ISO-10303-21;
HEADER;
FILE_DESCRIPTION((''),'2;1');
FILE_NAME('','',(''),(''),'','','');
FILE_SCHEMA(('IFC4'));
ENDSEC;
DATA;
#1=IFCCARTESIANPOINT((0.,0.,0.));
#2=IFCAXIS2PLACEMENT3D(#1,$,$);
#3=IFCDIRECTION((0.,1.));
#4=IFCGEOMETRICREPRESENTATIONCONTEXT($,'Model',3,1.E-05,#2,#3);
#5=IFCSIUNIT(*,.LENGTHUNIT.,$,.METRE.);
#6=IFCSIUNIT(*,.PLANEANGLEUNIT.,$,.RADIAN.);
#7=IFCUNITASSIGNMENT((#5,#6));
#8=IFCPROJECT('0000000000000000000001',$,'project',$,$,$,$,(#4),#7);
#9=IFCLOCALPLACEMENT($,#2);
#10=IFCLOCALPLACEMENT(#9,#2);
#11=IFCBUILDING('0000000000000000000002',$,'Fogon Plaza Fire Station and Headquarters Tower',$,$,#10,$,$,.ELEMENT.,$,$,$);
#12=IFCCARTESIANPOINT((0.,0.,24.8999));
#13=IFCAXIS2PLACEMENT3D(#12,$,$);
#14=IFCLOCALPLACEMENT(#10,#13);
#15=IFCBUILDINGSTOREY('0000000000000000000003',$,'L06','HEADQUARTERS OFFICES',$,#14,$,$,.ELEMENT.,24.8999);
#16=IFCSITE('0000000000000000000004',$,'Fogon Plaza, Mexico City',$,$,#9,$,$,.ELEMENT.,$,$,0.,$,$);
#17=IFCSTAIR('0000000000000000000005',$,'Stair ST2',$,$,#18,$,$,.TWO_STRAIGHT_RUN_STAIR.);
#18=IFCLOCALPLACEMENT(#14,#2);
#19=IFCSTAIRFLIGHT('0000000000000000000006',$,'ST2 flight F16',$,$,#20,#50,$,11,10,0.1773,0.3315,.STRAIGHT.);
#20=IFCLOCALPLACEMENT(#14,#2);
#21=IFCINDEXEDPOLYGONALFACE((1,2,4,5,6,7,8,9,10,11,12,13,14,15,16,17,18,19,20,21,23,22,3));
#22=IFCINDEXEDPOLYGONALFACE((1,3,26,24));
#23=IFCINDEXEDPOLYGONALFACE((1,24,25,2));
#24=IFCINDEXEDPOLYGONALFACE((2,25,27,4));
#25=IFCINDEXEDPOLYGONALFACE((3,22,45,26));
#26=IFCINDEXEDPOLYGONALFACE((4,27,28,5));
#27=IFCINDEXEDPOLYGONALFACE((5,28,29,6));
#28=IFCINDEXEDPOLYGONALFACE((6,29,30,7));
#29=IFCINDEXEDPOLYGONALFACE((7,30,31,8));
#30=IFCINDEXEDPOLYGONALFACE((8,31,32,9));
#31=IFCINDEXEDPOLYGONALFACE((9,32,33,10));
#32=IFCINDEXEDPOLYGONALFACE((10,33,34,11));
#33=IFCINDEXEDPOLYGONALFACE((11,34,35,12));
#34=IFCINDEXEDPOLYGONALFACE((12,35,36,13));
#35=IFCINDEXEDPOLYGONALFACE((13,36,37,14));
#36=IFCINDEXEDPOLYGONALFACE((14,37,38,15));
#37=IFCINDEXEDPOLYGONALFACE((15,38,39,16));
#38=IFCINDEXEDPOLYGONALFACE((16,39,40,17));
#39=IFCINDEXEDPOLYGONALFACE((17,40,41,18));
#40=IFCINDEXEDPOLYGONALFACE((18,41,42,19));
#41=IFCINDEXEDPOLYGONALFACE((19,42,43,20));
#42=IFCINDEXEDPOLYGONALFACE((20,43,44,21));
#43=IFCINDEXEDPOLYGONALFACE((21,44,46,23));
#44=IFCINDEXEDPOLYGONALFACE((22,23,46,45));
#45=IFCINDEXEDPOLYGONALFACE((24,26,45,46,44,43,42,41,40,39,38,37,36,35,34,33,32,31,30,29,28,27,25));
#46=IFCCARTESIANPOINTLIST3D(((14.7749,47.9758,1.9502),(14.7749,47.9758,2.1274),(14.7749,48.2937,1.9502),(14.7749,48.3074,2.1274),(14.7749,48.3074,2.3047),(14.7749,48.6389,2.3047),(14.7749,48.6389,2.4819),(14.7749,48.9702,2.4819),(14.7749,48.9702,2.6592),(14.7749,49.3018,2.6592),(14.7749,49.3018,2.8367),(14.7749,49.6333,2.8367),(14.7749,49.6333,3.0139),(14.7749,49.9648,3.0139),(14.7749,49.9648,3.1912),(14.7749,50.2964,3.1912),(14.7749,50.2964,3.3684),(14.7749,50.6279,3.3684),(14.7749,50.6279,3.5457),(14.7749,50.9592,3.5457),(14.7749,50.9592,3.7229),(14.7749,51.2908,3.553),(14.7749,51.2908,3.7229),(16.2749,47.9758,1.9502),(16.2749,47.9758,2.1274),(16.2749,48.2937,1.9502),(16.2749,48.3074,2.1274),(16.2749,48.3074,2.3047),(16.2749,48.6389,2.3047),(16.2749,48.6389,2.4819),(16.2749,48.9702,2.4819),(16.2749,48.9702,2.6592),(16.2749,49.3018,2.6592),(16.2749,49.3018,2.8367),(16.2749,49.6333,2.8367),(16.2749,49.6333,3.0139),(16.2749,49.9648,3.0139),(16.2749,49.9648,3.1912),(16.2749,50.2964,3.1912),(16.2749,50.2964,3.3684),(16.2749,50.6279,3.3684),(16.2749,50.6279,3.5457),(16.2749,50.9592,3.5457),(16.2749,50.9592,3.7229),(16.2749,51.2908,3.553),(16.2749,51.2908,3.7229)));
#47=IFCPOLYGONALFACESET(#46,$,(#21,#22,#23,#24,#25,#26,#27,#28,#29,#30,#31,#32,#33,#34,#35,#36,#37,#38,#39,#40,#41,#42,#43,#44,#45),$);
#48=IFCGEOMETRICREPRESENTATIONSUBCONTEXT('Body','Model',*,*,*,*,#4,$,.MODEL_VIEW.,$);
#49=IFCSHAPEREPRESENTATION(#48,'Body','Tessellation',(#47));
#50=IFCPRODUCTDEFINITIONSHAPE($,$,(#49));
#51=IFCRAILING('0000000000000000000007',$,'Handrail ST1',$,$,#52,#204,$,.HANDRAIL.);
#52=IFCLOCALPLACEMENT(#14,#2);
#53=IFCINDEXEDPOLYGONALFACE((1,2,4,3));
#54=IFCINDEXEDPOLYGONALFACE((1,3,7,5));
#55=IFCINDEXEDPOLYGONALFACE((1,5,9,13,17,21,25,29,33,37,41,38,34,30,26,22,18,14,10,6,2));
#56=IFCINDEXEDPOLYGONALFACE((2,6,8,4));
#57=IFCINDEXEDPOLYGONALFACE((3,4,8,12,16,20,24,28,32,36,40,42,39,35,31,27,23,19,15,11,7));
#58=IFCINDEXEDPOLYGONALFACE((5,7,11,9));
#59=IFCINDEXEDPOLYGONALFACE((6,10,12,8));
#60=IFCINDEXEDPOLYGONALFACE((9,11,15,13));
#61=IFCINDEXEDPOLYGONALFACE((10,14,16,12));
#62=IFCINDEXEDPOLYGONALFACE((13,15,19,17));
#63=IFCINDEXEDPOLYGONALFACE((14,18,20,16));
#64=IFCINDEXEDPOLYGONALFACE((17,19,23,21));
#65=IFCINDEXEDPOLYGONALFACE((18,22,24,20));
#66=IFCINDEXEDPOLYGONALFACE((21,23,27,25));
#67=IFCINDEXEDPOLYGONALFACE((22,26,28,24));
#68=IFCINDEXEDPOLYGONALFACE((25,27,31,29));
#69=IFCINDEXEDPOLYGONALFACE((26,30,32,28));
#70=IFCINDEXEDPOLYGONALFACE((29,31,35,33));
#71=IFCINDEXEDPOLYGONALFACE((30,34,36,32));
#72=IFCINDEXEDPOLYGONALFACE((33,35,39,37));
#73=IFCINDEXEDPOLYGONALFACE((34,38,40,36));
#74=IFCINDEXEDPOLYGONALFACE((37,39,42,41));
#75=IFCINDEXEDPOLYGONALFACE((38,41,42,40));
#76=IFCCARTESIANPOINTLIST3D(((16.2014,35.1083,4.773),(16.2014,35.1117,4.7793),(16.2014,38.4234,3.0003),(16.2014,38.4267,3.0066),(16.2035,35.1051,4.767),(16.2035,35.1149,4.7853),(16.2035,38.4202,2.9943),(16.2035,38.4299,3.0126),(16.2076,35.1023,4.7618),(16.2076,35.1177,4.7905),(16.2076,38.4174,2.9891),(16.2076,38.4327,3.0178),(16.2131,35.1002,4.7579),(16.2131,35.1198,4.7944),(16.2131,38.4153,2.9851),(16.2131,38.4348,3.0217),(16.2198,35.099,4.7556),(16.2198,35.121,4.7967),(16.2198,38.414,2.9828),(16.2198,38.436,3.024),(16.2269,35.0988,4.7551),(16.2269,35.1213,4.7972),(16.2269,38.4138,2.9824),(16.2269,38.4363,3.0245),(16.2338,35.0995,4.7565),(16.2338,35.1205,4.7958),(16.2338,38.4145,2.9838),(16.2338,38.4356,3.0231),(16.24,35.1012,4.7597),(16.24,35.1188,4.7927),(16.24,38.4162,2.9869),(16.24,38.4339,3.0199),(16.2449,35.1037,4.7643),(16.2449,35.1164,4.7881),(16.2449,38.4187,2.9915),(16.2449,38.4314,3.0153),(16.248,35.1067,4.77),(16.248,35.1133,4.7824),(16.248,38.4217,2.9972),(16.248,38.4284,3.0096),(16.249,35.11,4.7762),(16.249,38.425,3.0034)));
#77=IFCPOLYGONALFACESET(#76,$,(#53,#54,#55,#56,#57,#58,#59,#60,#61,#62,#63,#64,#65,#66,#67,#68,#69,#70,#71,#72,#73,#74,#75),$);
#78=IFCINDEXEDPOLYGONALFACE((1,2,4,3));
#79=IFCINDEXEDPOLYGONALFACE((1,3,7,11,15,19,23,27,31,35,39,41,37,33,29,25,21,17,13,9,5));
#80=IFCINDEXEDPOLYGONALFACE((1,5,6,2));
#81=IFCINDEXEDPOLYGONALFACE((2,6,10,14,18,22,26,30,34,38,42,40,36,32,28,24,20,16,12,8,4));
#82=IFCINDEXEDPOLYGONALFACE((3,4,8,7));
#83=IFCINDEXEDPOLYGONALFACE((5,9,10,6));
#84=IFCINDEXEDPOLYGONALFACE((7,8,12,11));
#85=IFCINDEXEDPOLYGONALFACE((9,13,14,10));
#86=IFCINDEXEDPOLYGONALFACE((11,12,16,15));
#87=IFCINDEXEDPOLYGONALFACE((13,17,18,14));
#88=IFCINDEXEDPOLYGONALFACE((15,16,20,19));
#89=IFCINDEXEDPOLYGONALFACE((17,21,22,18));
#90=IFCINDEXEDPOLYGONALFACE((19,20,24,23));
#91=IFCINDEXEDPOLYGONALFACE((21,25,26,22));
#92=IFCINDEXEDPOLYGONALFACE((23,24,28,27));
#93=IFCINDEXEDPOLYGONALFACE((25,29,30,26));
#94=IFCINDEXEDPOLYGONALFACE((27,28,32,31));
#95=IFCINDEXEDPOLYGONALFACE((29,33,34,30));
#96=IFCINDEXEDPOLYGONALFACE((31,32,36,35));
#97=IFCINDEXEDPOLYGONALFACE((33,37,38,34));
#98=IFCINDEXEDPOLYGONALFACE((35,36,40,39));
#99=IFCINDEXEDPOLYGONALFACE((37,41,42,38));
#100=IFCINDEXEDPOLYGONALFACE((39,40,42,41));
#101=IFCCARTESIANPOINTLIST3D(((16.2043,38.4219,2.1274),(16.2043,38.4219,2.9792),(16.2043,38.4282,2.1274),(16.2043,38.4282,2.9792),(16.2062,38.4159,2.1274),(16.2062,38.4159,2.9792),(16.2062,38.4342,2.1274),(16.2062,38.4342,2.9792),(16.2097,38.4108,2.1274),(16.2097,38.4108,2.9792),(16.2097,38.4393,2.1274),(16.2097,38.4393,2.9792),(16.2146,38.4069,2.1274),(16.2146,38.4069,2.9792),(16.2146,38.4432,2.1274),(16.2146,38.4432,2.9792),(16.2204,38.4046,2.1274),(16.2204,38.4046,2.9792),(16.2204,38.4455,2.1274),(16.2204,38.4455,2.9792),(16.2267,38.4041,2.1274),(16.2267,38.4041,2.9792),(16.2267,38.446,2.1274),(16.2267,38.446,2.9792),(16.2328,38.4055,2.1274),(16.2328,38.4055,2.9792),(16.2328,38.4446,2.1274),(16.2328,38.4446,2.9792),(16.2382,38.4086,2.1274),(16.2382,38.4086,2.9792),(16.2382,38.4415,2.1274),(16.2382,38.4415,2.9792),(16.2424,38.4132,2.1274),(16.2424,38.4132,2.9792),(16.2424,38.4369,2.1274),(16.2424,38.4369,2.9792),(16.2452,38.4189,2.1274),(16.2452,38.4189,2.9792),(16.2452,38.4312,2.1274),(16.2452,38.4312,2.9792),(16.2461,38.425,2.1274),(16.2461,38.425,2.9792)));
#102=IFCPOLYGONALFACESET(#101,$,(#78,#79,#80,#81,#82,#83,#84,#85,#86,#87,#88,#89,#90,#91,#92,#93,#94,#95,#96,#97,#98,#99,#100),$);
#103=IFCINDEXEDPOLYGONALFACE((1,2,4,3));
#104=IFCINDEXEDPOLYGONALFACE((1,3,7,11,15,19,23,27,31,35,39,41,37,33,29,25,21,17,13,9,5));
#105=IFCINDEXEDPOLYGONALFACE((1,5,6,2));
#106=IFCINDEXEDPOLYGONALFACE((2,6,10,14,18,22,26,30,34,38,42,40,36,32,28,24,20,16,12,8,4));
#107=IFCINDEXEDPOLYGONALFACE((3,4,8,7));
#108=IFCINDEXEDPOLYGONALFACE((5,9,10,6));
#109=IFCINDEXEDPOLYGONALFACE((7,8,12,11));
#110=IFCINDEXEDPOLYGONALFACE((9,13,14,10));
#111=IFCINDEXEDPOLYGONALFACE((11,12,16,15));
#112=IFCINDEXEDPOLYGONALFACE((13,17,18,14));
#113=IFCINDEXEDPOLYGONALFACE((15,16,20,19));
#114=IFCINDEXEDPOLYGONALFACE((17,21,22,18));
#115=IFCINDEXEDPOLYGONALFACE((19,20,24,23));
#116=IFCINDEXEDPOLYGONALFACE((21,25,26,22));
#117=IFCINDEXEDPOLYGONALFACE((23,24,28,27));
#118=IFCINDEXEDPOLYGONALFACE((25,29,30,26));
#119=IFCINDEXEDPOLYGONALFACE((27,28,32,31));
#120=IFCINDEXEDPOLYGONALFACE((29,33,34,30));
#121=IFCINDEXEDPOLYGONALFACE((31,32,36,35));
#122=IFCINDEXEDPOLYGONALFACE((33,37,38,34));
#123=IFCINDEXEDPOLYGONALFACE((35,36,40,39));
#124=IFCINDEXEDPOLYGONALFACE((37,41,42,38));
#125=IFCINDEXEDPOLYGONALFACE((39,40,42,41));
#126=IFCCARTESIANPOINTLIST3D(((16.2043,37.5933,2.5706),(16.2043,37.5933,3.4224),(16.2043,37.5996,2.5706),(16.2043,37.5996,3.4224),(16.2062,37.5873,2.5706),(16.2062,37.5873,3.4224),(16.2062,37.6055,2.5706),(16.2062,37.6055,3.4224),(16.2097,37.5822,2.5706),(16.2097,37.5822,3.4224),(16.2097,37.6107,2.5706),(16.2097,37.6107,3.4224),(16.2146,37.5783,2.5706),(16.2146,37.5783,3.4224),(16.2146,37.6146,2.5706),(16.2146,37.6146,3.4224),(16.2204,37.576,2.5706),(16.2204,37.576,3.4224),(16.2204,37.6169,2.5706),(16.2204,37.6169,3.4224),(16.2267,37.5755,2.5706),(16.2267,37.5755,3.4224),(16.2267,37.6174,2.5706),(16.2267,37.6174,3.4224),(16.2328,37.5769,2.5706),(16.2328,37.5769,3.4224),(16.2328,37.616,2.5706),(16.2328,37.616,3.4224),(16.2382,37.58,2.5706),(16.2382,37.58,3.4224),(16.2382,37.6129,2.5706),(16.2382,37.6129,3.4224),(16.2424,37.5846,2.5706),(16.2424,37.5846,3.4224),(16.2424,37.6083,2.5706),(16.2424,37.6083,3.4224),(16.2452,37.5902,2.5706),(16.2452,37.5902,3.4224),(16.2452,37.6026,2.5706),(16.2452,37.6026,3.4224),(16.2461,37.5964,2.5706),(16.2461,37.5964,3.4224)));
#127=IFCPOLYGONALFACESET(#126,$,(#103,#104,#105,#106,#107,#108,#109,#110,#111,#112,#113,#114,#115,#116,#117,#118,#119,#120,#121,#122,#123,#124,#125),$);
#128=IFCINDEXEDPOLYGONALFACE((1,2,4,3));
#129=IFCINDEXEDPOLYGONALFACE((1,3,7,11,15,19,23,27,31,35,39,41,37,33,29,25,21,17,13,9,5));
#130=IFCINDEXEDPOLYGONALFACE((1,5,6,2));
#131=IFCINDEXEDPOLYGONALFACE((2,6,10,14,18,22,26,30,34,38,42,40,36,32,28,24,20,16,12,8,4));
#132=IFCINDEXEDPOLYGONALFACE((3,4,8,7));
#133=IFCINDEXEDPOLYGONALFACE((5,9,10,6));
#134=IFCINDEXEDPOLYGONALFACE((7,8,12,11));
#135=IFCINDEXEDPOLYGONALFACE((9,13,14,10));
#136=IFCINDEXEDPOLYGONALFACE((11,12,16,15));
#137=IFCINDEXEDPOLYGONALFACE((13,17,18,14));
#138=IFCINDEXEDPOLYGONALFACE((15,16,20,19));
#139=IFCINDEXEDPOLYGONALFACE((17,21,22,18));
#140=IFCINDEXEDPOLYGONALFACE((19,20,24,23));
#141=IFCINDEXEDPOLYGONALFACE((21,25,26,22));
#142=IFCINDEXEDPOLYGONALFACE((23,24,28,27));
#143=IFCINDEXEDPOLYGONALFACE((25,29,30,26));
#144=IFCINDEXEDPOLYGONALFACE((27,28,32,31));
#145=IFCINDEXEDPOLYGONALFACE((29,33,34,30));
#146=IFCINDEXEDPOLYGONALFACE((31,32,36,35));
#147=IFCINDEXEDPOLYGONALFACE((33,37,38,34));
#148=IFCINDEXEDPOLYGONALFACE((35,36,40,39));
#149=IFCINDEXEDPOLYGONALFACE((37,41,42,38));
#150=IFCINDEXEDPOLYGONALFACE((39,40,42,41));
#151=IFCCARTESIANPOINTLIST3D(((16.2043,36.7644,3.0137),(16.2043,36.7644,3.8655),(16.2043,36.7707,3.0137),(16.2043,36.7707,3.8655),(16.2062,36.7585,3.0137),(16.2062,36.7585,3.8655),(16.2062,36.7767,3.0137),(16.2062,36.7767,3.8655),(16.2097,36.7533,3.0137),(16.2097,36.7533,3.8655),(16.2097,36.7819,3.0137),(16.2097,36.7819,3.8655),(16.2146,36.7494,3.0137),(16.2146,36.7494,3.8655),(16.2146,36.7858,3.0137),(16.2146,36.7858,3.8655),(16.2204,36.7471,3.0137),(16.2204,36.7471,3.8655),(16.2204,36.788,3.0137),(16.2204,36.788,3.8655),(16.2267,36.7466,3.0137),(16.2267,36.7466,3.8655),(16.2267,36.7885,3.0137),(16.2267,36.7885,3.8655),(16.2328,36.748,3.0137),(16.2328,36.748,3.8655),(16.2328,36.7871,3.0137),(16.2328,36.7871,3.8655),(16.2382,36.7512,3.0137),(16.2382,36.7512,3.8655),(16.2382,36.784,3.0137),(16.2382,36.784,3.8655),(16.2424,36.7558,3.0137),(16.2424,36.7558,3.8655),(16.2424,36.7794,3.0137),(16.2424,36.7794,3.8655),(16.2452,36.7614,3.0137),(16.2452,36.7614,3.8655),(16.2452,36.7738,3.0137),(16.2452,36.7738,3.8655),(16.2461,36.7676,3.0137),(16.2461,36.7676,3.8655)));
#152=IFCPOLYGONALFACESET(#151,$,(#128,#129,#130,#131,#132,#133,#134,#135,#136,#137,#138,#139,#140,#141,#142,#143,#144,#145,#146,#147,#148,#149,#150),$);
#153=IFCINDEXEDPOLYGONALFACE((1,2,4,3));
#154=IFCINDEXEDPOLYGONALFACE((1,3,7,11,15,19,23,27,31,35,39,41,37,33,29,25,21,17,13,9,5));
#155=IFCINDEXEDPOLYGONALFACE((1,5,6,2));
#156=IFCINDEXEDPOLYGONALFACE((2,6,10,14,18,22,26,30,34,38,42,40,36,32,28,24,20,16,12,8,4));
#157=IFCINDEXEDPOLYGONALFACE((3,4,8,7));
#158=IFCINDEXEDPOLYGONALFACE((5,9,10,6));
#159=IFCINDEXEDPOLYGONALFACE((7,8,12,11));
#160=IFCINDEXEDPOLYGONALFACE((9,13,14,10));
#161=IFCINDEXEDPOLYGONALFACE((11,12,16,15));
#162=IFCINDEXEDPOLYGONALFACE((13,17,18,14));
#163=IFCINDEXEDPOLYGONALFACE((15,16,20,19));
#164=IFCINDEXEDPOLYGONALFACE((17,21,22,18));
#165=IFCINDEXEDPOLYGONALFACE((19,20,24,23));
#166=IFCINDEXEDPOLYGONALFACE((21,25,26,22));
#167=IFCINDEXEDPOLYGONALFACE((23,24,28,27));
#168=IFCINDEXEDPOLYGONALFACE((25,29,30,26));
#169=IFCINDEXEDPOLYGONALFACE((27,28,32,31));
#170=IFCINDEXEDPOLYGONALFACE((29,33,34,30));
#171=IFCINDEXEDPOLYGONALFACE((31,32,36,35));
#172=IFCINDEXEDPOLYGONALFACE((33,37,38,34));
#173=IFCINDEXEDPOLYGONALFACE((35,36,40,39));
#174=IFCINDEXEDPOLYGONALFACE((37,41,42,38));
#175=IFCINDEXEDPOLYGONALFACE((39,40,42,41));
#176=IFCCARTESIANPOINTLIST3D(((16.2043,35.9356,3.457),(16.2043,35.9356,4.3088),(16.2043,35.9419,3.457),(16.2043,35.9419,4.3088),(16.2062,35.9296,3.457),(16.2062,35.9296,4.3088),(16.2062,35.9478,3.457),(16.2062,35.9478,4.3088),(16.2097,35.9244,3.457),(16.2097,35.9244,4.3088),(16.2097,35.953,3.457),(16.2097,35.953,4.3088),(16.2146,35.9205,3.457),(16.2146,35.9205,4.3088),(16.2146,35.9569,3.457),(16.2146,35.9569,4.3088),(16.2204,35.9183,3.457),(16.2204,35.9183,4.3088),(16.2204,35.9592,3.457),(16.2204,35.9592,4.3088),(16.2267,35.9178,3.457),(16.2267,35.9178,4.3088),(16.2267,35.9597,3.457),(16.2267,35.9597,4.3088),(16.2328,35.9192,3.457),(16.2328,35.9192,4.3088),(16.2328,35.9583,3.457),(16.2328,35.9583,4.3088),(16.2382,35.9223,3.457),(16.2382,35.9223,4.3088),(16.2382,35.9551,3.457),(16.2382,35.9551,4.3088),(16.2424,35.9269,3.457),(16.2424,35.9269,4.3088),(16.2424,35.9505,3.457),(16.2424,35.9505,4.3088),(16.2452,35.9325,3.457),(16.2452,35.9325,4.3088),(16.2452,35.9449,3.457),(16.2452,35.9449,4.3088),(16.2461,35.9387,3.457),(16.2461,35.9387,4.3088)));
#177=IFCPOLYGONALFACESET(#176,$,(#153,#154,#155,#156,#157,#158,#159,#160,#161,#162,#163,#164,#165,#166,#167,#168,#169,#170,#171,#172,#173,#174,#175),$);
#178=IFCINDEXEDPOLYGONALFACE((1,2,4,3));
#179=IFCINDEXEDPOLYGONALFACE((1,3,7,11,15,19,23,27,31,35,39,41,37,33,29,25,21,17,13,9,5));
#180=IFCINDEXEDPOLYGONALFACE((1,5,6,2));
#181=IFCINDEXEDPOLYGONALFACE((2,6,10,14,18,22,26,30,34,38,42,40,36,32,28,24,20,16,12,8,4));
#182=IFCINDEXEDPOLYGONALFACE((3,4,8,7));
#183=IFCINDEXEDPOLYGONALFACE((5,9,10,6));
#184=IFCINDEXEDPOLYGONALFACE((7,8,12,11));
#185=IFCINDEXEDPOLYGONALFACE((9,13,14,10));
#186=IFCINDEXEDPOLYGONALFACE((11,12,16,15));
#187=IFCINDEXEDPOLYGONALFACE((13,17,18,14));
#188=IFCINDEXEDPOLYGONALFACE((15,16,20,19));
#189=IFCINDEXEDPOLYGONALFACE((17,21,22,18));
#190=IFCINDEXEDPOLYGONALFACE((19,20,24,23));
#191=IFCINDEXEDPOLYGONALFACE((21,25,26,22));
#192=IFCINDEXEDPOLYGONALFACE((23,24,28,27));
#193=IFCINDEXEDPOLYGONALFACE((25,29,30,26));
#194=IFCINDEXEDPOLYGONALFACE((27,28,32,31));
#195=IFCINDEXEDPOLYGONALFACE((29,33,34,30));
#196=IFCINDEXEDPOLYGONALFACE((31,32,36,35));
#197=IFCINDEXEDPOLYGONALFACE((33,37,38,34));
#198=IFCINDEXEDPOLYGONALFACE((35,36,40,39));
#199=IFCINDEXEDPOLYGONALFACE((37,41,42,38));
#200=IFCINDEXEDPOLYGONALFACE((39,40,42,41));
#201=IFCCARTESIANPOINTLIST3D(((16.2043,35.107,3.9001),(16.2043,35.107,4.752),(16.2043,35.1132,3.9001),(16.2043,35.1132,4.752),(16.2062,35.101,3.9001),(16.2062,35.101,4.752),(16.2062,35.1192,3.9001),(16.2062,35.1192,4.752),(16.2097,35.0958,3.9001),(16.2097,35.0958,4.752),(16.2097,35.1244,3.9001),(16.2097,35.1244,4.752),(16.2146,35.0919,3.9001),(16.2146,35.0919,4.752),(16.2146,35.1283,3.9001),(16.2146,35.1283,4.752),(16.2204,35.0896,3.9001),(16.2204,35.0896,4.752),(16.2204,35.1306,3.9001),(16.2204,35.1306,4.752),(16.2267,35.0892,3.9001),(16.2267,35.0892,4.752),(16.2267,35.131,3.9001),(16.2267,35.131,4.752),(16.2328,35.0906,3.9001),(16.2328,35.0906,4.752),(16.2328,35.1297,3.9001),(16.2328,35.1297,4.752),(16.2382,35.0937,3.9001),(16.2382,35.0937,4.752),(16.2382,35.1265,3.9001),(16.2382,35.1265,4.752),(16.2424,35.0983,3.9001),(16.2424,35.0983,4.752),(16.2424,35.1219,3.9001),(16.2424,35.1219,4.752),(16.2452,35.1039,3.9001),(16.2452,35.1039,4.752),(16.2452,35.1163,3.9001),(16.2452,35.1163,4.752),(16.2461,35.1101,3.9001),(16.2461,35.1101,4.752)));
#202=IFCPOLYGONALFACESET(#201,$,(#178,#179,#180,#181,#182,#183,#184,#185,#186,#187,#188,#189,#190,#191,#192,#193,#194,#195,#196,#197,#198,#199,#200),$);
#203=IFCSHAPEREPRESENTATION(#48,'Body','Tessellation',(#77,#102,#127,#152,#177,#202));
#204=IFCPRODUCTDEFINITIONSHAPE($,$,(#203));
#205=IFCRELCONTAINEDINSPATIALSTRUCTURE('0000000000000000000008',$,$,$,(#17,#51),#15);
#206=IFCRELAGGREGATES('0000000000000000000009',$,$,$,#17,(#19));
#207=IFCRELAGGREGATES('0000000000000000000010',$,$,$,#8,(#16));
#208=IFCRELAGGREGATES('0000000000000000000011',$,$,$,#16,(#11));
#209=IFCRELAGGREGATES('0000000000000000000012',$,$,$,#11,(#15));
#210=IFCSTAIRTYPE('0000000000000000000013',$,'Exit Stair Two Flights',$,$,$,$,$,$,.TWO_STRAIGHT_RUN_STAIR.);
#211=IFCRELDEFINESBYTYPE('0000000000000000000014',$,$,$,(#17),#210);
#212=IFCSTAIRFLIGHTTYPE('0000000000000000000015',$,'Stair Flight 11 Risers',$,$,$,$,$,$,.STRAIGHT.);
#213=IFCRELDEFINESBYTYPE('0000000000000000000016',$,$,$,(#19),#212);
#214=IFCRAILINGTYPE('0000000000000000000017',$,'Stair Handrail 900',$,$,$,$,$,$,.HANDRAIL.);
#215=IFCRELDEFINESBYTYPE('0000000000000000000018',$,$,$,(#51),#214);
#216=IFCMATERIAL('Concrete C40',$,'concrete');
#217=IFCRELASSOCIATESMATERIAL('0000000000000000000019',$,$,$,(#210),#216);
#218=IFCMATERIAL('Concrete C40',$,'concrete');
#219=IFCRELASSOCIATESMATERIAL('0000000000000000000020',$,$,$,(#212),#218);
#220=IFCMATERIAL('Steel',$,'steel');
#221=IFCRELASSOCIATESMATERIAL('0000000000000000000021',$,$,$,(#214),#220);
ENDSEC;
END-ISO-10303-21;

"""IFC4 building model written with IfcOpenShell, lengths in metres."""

from ifc_helpers import new_model, si_unit, direction, frame, origin, origin_2d, place, context, subcontext, project, spatial, polyline, circle, outline, extrude, material, type_object, element, aggregate, save


model = new_model("IFC4")

# Units and contexts
model_context = context("Model", 3, precision=1e-05, world=origin(), true_north=direction((0.0, 1.0)))
body_context = subcontext(model_context, "Body", "Model", "MODEL_VIEW")
ifc_project = project(units=[si_unit("LENGTHUNIT", "METRE"), si_unit("PLANEANGLEUNIT", "RADIAN")], contexts=[model_context])

# Site, building, storey
site_placement = place(None, origin())
site = spatial("IfcSite", under=ifc_project, at=site_placement, Name="Fogon Plaza, Mexico City", CompositionType="ELEMENT", RefElevation=0.0)
building_placement = place(site_placement, origin())
building = spatial("IfcBuilding", under=site, at=building_placement, Name="Fogon Plaza Fire Station and Headquarters Tower", CompositionType="ELEMENT")
storey_placement = place(building_placement, frame((0.0, 0.0, 24.8999)))
storey = spatial("IfcBuildingStorey", under=building, at=storey_placement, Name="L06", Description="HEADQUARTERS OFFICES", CompositionType="ELEMENT", Elevation=24.8999)

# Stair, stair flight
ifc_material_1 = material(Name="Concrete C40", Category="concrete")
stair_type = type_object("IfcStairType", Name="Exit Stair Two Flights", PredefinedType="TWO_STRAIGHT_RUN_STAIR", material=ifc_material_1)
ifc_material_2 = material(Name="Concrete C40", Category="concrete")
stair_flight_type = type_object("IfcStairFlightType", Name="Stair Flight 11 Risers", PredefinedType="STRAIGHT", material=ifc_material_2)
stair_1_placement = place(storey_placement, origin())
stair_1 = element("IfcStair", 1, at=stair_1_placement, inside=storey, type_object=stair_type, Name="Stair ST2", PredefinedType="TWO_STRAIGHT_RUN_STAIR")
stair_flight_1_placement = place(storey_placement, frame((15.5249, 47.9758, 1.9502), z_axis=(0.0, 0.0, 1.0), x_axis=(0.0, 1.0, 0.0)))
stair_flight_1 = element("IfcStairFlight", 2, at=stair_flight_1_placement, type_object=stair_flight_type, Name="ST2 flight F16", NumberOfRisers=11, NumberOfTreads=10, PredefinedType="STRAIGHT", RiserHeight=0.1773, TreadLength=0.3315, context=body_context, shape_type="SweptSolid", body=[
    extrude(outline(polyline([(0.0, 0.0), (0.0, 0.1772), (0.3315, 0.1772), (0.3315, 0.3545), (0.6631, 0.3545), (0.6631, 0.5317), (0.9944, 0.5317), (0.9944, 0.709), (1.3259, 0.709), (1.3259, 0.8865), (1.6575, 0.8865), (1.6575, 1.0637), (1.989, 1.0637), (1.989, 1.241), (2.3206, 1.241), (2.3206, 1.4182), (2.6521, 1.4182), (2.6521, 1.5955), (2.9834, 1.5955), (2.9834, 1.7727), (3.3149, 1.7727), (3.3149, 1.95), (3.3149, 1.6028), (0.3179, 0.0), (0.0, 0.0)])), frame((0.0, 0.75, 0.0), z_axis=(0.0, -1.0, 0.0), x_axis=(1.0, 0.0, 0.0)), (0.0, 0.0, 1.0), 1.5),
])
aggregate(stair_1, [stair_flight_1])

# Railing
ifc_material_3 = material(Name="Steel", Category="steel")
railing_type = type_object("IfcRailingType", Name="Stair Handrail 900", PredefinedType="HANDRAIL", material=ifc_material_3)
for number, where, name in (
    (3, (16.2251, 38.425, 2.1274), "Handrail ST1"),
):
    element("IfcRailing", number, at=place(storey_placement, frame(where)), inside=storey, type_object=railing_type, Name=name, PredefinedType="HANDRAIL", context=body_context, shape_type="SweptSolid", body=[
        extrude(circle(Radius=0.0239, at=origin_2d()), frame((0.0, 0.0, 0.876), z_axis=(0.0, -0.881829, 0.471569), x_axis=(1.0, 0.0, 0.0)), (0.0, 0.0, 1.0), 3.7593),
        extrude(circle(Radius=0.021, at=origin_2d()), origin(), (0.0, 0.0, 1.0), 0.8518),
        extrude(circle(Radius=0.021, at=origin_2d()), frame((0.0, -0.8286, 0.4431)), (0.0, 0.0, 1.0), 0.8518),
        extrude(circle(Radius=0.021, at=origin_2d()), frame((0.0, -1.6575, 0.8862)), (0.0, 0.0, 1.0), 0.8518),
        extrude(circle(Radius=0.021, at=origin_2d()), frame((0.0, -2.4863, 1.3296)), (0.0, 0.0, 1.0), 0.8518),
        extrude(circle(Radius=0.021, at=origin_2d()), frame((0.0, -3.3149, 1.7727)), (0.0, 0.0, 1.0), 0.8518),
    ])

save(model, "model.ifc")
